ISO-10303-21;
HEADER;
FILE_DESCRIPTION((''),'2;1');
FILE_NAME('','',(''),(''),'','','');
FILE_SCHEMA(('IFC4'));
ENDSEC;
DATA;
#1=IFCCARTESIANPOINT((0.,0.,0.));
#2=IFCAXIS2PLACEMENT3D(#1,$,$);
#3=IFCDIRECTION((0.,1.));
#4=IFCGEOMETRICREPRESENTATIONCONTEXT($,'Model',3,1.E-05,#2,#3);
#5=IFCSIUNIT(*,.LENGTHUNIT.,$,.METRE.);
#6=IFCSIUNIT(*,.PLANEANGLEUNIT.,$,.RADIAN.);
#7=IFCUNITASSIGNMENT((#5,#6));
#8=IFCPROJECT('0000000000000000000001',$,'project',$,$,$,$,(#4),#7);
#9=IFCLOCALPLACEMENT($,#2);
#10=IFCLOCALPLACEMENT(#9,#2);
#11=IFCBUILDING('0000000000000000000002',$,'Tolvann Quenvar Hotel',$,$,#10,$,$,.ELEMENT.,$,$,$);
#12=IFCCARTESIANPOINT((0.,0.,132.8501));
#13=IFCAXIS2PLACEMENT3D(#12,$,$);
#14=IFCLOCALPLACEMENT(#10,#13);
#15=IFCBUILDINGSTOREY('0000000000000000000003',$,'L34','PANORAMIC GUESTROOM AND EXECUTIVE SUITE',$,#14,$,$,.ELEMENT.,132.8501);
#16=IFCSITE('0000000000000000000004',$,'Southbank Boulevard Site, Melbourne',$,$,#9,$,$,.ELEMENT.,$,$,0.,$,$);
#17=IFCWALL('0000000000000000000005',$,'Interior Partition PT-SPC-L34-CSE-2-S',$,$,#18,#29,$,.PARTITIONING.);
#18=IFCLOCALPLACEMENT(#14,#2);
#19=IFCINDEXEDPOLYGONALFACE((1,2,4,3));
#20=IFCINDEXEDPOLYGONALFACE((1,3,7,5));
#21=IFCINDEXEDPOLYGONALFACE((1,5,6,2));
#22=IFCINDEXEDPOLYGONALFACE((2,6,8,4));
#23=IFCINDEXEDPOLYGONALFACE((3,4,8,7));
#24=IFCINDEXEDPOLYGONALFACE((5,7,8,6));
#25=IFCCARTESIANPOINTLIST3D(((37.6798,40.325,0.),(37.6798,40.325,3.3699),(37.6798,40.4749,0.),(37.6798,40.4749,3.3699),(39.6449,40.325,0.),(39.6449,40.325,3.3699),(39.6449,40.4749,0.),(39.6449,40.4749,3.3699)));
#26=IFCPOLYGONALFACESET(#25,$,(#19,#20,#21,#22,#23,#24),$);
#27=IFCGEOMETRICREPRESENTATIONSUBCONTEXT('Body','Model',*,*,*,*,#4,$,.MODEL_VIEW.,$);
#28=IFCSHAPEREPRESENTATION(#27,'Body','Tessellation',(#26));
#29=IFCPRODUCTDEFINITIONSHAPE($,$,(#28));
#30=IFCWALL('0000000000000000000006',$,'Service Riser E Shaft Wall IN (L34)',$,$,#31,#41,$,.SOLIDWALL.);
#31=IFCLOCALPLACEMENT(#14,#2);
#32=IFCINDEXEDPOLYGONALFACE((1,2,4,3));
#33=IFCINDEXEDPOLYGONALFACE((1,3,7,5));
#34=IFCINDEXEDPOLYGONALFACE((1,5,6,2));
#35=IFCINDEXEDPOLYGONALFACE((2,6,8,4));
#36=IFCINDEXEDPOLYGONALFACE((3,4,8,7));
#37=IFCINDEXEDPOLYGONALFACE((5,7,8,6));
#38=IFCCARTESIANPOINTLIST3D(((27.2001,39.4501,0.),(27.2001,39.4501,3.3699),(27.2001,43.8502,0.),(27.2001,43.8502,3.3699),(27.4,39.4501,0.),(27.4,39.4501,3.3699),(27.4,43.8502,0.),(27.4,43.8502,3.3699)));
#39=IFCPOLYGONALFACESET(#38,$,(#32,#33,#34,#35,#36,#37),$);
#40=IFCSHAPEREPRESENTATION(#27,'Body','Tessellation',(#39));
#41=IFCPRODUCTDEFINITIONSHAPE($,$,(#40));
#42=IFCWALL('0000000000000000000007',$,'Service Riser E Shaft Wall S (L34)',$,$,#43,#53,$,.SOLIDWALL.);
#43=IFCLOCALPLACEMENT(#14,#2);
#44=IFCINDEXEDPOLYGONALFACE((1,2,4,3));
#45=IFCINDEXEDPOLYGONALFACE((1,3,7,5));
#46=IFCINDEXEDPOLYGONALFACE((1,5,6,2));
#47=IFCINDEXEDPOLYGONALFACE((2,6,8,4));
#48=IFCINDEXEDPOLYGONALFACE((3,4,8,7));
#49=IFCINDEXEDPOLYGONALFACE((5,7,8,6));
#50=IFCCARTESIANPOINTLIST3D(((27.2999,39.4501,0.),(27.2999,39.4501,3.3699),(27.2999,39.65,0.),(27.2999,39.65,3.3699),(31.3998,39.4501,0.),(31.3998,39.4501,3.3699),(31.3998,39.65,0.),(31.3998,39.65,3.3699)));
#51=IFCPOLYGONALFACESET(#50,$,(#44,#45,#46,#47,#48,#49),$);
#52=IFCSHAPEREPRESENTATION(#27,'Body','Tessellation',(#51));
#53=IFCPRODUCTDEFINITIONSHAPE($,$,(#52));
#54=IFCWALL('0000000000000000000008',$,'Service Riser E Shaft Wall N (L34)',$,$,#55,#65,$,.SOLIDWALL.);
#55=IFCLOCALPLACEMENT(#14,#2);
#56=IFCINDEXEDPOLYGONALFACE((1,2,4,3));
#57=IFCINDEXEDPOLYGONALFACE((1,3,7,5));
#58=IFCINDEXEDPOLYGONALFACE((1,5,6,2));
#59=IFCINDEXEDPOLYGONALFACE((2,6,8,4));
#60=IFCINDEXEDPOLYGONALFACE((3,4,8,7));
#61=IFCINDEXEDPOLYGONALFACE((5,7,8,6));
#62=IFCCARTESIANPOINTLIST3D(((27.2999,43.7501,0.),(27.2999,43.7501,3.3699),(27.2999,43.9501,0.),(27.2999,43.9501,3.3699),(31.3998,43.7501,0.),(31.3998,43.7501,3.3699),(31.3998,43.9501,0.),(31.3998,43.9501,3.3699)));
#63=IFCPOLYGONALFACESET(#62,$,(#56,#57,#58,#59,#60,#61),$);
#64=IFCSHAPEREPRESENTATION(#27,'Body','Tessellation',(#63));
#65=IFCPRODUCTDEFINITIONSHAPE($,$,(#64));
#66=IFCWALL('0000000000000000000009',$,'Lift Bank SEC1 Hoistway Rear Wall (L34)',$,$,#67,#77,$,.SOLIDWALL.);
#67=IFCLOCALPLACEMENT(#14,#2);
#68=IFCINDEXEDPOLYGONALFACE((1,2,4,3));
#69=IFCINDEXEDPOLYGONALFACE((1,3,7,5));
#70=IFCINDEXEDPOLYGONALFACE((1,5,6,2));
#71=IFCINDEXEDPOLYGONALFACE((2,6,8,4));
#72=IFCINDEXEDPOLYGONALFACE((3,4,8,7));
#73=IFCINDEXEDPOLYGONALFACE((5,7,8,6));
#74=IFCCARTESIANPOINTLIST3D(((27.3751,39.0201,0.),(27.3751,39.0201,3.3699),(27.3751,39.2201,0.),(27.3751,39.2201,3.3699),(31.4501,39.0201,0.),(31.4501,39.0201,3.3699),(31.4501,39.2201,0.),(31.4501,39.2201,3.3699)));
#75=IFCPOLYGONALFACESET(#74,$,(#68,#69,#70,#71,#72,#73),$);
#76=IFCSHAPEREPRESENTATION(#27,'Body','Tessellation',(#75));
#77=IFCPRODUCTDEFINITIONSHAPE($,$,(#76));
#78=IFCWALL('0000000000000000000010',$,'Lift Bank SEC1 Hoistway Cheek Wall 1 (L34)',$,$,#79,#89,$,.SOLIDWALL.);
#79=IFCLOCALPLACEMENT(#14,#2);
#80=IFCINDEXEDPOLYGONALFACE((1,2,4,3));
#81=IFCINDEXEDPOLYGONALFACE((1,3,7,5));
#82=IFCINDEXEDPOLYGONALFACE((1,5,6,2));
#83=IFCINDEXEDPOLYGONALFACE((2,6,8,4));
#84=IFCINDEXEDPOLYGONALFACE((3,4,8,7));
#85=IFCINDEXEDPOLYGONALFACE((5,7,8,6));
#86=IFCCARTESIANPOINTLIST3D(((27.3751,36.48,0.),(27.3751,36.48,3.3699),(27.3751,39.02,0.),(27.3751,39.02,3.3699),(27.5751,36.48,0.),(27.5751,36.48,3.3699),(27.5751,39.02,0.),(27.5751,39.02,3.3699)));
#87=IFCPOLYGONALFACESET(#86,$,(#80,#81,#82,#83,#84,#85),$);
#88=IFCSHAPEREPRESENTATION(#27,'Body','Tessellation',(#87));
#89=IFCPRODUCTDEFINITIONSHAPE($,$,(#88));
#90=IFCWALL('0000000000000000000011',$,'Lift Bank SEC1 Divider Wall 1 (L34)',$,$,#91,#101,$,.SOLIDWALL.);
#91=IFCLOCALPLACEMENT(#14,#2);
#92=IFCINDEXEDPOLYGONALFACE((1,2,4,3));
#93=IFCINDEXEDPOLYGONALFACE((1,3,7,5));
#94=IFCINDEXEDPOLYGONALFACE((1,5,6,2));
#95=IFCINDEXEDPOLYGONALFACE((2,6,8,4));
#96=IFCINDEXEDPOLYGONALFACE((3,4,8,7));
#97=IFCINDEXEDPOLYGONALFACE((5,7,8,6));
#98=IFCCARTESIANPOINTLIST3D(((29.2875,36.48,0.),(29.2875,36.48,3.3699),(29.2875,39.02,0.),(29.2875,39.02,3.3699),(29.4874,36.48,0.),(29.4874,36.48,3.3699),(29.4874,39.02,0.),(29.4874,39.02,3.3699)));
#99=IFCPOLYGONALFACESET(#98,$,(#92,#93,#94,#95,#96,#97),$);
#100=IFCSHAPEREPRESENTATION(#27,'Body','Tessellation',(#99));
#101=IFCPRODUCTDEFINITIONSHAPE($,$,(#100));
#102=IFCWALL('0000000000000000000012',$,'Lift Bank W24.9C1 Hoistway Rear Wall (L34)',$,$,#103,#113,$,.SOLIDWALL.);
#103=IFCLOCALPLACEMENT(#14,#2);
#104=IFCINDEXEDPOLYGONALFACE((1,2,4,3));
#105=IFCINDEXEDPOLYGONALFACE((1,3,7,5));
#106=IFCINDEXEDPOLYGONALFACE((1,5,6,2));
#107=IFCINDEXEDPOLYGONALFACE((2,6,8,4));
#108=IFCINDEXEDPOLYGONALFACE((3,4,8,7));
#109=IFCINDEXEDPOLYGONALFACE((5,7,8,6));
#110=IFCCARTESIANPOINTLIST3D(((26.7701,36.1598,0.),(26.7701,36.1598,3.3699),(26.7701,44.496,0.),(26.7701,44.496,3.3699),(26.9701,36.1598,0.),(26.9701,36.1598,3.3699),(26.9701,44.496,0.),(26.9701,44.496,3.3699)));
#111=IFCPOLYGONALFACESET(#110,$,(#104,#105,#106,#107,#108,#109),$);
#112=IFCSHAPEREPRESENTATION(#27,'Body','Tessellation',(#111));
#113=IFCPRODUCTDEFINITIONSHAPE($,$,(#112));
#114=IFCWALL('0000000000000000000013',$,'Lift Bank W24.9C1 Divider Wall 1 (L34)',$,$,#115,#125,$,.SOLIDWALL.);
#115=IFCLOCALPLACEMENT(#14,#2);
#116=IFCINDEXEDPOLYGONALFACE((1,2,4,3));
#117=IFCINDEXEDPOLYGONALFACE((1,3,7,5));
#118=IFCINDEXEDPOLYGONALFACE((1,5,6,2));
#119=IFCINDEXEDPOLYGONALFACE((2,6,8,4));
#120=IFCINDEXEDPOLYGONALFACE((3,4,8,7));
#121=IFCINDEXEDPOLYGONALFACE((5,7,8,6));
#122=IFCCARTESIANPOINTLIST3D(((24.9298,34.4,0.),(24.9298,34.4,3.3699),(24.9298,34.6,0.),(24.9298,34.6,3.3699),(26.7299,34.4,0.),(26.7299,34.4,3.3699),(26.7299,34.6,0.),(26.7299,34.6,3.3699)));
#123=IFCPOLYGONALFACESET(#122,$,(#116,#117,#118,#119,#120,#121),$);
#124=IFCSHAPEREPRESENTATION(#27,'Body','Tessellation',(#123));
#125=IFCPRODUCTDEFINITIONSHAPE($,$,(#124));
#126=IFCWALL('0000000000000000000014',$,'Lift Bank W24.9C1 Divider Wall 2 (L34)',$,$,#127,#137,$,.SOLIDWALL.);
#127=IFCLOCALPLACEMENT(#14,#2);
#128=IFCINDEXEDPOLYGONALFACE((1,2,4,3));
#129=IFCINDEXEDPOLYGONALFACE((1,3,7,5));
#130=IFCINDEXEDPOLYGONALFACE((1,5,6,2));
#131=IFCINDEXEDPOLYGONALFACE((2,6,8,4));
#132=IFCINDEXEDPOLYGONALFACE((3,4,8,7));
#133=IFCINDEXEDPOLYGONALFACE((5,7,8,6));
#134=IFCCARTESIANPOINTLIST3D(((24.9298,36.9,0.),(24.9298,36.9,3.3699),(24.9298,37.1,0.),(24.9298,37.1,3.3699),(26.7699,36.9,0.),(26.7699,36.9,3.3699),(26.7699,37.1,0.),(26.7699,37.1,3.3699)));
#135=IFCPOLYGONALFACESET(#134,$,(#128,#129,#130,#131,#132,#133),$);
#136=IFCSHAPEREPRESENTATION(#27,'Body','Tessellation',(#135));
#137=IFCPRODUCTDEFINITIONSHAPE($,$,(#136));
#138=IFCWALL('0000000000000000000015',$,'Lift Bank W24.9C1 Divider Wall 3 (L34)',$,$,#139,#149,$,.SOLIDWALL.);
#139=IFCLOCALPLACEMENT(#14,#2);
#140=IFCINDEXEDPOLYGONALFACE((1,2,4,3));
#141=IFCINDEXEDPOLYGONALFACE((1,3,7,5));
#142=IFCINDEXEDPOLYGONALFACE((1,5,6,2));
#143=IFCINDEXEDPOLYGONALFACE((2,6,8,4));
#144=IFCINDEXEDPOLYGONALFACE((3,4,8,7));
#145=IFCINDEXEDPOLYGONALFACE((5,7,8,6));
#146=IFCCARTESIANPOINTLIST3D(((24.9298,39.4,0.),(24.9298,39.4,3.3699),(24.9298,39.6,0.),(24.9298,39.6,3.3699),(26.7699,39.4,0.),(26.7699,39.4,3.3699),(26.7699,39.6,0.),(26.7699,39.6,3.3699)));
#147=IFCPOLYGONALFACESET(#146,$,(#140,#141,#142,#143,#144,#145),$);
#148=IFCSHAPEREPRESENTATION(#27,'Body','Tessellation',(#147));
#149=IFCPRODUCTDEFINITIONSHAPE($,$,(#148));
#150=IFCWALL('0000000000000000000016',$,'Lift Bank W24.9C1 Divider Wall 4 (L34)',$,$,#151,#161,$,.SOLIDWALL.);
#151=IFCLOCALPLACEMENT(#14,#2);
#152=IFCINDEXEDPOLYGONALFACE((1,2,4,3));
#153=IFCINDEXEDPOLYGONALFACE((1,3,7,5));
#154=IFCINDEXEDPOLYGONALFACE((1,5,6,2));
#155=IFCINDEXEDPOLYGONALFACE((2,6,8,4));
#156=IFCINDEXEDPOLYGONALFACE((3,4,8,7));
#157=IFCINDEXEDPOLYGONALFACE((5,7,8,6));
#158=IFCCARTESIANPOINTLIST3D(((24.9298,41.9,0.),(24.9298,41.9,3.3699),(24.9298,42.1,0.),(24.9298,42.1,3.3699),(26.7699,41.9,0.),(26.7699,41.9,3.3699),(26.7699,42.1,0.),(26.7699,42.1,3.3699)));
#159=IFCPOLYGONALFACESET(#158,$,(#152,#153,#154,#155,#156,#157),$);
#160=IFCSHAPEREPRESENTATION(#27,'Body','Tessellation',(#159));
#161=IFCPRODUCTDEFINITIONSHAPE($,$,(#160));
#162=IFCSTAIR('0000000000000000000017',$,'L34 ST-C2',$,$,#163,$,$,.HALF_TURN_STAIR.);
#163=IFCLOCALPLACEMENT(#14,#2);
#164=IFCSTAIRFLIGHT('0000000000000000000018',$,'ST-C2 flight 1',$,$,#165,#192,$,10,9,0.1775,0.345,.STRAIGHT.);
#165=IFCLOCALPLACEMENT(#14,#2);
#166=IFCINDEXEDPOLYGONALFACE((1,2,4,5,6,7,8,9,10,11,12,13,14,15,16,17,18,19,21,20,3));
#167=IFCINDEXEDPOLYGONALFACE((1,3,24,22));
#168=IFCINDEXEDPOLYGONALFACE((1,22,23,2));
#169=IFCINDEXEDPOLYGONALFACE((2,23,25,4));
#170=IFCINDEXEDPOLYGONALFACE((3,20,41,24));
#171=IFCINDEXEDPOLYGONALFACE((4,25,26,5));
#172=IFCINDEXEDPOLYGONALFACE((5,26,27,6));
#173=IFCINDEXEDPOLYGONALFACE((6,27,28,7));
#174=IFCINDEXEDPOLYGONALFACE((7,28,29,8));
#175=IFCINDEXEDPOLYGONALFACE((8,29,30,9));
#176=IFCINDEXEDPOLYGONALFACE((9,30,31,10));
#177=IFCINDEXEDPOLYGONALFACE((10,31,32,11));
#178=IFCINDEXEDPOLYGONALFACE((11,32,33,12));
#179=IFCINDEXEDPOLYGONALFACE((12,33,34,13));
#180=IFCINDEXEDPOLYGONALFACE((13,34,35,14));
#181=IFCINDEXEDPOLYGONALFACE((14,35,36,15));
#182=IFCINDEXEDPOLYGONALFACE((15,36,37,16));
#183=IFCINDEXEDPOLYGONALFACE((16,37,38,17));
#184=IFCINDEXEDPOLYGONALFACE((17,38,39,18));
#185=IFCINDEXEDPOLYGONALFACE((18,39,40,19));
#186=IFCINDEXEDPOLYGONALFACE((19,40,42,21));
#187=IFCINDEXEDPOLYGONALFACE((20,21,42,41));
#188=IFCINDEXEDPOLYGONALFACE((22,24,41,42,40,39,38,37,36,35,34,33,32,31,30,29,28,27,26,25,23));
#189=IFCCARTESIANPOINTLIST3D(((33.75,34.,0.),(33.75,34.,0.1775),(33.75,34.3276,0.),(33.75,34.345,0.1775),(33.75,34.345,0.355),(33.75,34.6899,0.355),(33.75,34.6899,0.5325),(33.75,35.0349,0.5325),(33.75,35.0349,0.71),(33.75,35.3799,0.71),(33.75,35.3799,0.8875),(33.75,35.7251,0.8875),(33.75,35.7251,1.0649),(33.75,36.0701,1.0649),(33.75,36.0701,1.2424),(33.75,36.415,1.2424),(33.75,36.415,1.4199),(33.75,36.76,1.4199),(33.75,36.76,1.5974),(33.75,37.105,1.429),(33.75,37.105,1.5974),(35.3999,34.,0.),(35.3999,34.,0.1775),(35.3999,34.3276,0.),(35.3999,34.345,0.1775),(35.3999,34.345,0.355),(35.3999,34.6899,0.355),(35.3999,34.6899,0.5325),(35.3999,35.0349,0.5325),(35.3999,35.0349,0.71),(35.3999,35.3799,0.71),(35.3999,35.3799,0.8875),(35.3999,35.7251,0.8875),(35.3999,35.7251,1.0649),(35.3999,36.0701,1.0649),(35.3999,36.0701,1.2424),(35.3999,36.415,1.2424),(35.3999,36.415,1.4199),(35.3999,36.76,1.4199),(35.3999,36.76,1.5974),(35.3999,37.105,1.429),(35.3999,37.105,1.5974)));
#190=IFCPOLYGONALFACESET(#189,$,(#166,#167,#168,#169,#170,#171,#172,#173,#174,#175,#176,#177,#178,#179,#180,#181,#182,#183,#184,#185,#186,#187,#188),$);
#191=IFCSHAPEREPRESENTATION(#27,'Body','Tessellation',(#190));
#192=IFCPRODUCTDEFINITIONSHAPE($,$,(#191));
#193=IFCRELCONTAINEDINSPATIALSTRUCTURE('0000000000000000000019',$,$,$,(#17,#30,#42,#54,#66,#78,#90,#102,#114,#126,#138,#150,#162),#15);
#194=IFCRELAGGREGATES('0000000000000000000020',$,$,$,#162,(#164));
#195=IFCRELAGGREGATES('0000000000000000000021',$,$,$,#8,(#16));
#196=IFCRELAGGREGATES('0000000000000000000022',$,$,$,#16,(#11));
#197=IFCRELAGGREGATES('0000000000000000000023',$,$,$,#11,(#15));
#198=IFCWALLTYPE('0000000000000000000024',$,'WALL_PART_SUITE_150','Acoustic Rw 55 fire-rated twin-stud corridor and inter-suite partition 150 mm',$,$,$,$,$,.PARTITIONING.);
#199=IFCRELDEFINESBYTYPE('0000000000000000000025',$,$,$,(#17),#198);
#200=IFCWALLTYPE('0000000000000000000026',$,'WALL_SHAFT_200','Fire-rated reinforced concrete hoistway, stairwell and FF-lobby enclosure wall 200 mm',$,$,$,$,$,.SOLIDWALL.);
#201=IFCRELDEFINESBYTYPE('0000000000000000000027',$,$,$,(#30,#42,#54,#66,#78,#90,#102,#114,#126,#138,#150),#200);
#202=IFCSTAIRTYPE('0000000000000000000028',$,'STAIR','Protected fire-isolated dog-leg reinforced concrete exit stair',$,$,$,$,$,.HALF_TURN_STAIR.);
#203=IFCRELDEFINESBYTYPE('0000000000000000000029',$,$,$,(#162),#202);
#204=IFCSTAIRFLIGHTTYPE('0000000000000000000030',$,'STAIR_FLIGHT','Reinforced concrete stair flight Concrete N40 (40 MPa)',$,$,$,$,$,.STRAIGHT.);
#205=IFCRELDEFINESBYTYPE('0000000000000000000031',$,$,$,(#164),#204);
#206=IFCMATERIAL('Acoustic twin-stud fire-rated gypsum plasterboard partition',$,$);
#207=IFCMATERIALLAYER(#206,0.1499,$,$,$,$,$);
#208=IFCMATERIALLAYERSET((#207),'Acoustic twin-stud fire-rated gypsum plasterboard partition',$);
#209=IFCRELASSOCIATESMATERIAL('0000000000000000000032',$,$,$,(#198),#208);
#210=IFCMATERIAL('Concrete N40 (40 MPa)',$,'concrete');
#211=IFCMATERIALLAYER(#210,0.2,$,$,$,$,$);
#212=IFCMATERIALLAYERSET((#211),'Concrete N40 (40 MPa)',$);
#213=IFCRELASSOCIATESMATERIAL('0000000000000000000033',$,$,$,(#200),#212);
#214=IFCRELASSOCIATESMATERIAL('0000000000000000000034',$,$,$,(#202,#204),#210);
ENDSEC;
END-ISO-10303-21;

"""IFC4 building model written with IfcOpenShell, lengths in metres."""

from ifc_helpers import new_model, si_unit, direction, frame, frame_2d, origin, place, context, subcontext, project, spatial, polyline, rectangle, outline, extrude, material, layer, layer_set, type_object, element, aggregate, save


model = new_model("IFC4")

# Units and contexts
model_context = context("Model", 3, precision=1e-05, world=origin(), true_north=direction((0.0, 1.0)))
body_context = subcontext(model_context, "Body", "Model", "MODEL_VIEW")
ifc_project = project(units=[si_unit("LENGTHUNIT", "METRE"), si_unit("PLANEANGLEUNIT", "RADIAN")], contexts=[model_context])

# Site, building, storey
site_placement = place(None, origin())
site = spatial("IfcSite", under=ifc_project, at=site_placement, Name="Southbank Boulevard Site, Melbourne", CompositionType="ELEMENT", RefElevation=0.0)
building_placement = place(site_placement, origin())
building = spatial("IfcBuilding", under=site, at=building_placement, Name="Tolvann Quenvar Hotel", CompositionType="ELEMENT")
storey_placement = place(building_placement, frame((0.0, 0.0, 132.8501)))
storey = spatial("IfcBuildingStorey", under=building, at=storey_placement, Name="L34", Description="PANORAMIC GUESTROOM AND EXECUTIVE SUITE", CompositionType="ELEMENT", Elevation=132.8501)

# Shared definitions
ifc_material_1 = material(Name="Acoustic twin-stud fire-rated gypsum plasterboard partition")
ifc_layer_1 = layer(ifc_material_1, 0.1499)
ifc_layer_set_1 = layer_set([ifc_layer_1], Name="Acoustic twin-stud fire-rated gypsum plasterboard partition")
wall_type_1 = type_object("IfcWallType", Name="WALL_PART_SUITE_150", Description="Acoustic Rw 55 fire-rated twin-stud corridor and inter-suite partition 150 mm", PredefinedType="PARTITIONING", material=ifc_layer_set_1)

# Walls
wall_1_placement = place(storey_placement, frame((37.6799, 40.3999, 0.0), z_axis=(0.0, 0.0, 1.0), x_axis=(1.0, 0.0, 0.0)))
element("IfcWall", 1, at=wall_1_placement, inside=storey, type_object=wall_type_1, Name="Interior Partition PT-SPC-L34-CSE-2-S", PredefinedType="PARTITIONING", context=body_context, shape_type="SweptSolid", body=[
    extrude(rectangle(XDim=1.9651, YDim=0.1499, at=frame_2d((0.9824, 0.0))), origin(), (0.0, 0.0, 1.0), 3.3699),
])
ifc_material_2 = material(Name="Concrete N40 (40 MPa)", Category="concrete")
ifc_layer_2 = layer(ifc_material_2, 0.2)
ifc_layer_set_2 = layer_set([ifc_layer_2], Name="Concrete N40 (40 MPa)")
wall_type_2 = type_object("IfcWallType", Name="WALL_SHAFT_200", Description="Fire-rated reinforced concrete hoistway, stairwell and FF-lobby enclosure wall 200 mm", PredefinedType="SOLIDWALL", material=ifc_layer_set_2)
wall_2_placement = place(storey_placement, frame((27.3, 39.45, 0.0), z_axis=(0.0, 0.0, 1.0), x_axis=(0.0, 1.0, 0.0)))
element("IfcWall", 2, at=wall_2_placement, inside=storey, type_object=wall_type_2, Name="Service Riser E Shaft Wall IN (L34)", PredefinedType="SOLIDWALL", context=body_context, shape_type="SweptSolid", body=[
    extrude(rectangle(XDim=4.4001, YDim=0.2, at=frame_2d((2.2002, 0.0))), origin(), (0.0, 0.0, 1.0), 3.3699),
])
for number, where, z_axis, x_axis, name in (
    (3, (27.3, 39.55, 0.0), (0.0, 0.0, 1.0), (1.0, 0.0, 0.0), "Service Riser E Shaft Wall S (L34)"),
    (4, (27.3, 43.8501, 0.0), (0.0, 0.0, 1.0), (1.0, 0.0, 0.0), "Service Riser E Shaft Wall N (L34)"),
):
    element("IfcWall", number, at=place(storey_placement, frame(where, z_axis=z_axis, x_axis=x_axis)), inside=storey, type_object=wall_type_2, Name=name, PredefinedType="SOLIDWALL", context=body_context, shape_type="SweptSolid", body=[
        extrude(rectangle(XDim=4.0999, YDim=0.2, at=frame_2d((2.0498, 0.0))), origin(), (0.0, 0.0, 1.0), 3.3699),
    ])

# Walls
wall_3_placement = place(storey_placement, frame((27.375, 39.1201, 0.0), z_axis=(0.0, 0.0, 1.0), x_axis=(1.0, 0.0, 0.0)))
element("IfcWall", 5, at=wall_3_placement, inside=storey, type_object=wall_type_2, Name="Lift Bank SEC1 Hoistway Rear Wall (L34)", PredefinedType="SOLIDWALL", context=body_context, shape_type="SweptSolid", body=[
    extrude(rectangle(XDim=4.075, YDim=0.2, at=frame_2d((2.0376, 0.0))), origin(), (0.0, 0.0, 1.0), 3.3699),
])
for number, where, z_axis, x_axis, name in (
    (6, (27.4751, 36.48, 0.0), (0.0, 0.0, 1.0), (0.0, 1.0, 0.0), "Lift Bank SEC1 Hoistway Cheek Wall 1 (L34)"),
    (7, (29.3875, 36.48, 0.0), (0.0, 0.0, 1.0), (0.0, 1.0, 0.0), "Lift Bank SEC1 Divider Wall 1 (L34)"),
):
    element("IfcWall", number, at=place(storey_placement, frame(where, z_axis=z_axis, x_axis=x_axis)), inside=storey, type_object=wall_type_2, Name=name, PredefinedType="SOLIDWALL", context=body_context, shape_type="SweptSolid", body=[
        extrude(rectangle(XDim=2.54, YDim=0.2, at=frame_2d((1.27, 0.0))), origin(), (0.0, 0.0, 1.0), 3.3699),
    ])
wall_4_placement = place(storey_placement, frame((26.8701, 36.1599, 0.0), z_axis=(0.0, 0.0, 1.0), x_axis=(0.0, 1.0, 0.0)))
element("IfcWall", 8, at=wall_4_placement, inside=storey, type_object=wall_type_2, Name="Lift Bank W24.9C1 Hoistway Rear Wall (L34)", PredefinedType="SOLIDWALL", context=body_context, shape_type="SweptSolid", body=[
    extrude(rectangle(XDim=8.3362, YDim=0.2, at=frame_2d((4.168, 0.0))), origin(), (0.0, 0.0, 1.0), 3.3699),
])
wall_5_placement = place(storey_placement, frame((24.9299, 34.5, 0.0), z_axis=(0.0, 0.0, 1.0), x_axis=(1.0, 0.0, 0.0)))
element("IfcWall", 9, at=wall_5_placement, inside=storey, type_object=wall_type_2, Name="Lift Bank W24.9C1 Divider Wall 1 (L34)", PredefinedType="SOLIDWALL", context=body_context, shape_type="SweptSolid", body=[
    extrude(rectangle(XDim=1.8, YDim=0.2, at=frame_2d((0.8999, 0.0))), origin(), (0.0, 0.0, 1.0), 3.3699),
])
for number, where, z_axis, x_axis, name in (
    (10, (24.9299, 37.0, 0.0), (0.0, 0.0, 1.0), (1.0, 0.0, 0.0), "Lift Bank W24.9C1 Divider Wall 2 (L34)"),
    (11, (24.9299, 39.5, 0.0), (0.0, 0.0, 1.0), (1.0, 0.0, 0.0), "Lift Bank W24.9C1 Divider Wall 3 (L34)"),
    (12, (24.9299, 42.0, 0.0), (0.0, 0.0, 1.0), (1.0, 0.0, 0.0), "Lift Bank W24.9C1 Divider Wall 4 (L34)"),
):
    element("IfcWall", number, at=place(storey_placement, frame(where, z_axis=z_axis, x_axis=x_axis)), inside=storey, type_object=wall_type_2, Name=name, PredefinedType="SOLIDWALL", context=body_context, shape_type="SweptSolid", body=[
        extrude(rectangle(XDim=1.8401, YDim=0.2, at=frame_2d((0.9199, 0.0))), origin(), (0.0, 0.0, 1.0), 3.3699),
    ])

# Stair, stair flight
stair_type = type_object("IfcStairType", Name="STAIR", Description="Protected fire-isolated dog-leg reinforced concrete exit stair", PredefinedType="HALF_TURN_STAIR", material=ifc_material_2)
stair_placement = place(storey_placement, origin())
stair = element("IfcStair", 13, at=stair_placement, inside=storey, type_object=stair_type, Name="L34 ST-C2", PredefinedType="HALF_TURN_STAIR")
stair_flight_type = type_object("IfcStairFlightType", Name="STAIR_FLIGHT", Description="Reinforced concrete stair flight Concrete N40 (40 MPa)", PredefinedType="STRAIGHT", material=ifc_material_2)
stair_flight_1_placement = place(storey_placement, frame((34.575, 34.0, 0.0), z_axis=(0.0, 0.0, 1.0), x_axis=(0.0, 1.0, 0.0)))
stair_flight_1 = element("IfcStairFlight", 14, at=stair_flight_1_placement, type_object=stair_flight_type, Name="ST-C2 flight 1", NumberOfRisers=10, NumberOfTreads=9, PredefinedType="STRAIGHT", RiserHeight=0.1775, TreadLength=0.345, context=body_context, shape_type="SweptSolid", body=[
    extrude(outline(polyline([(0.0, 0.0), (0.0, 0.1775), (0.345, 0.1775), (0.345, 0.355), (0.6899, 0.355), (0.6899, 0.5325), (1.0349, 0.5325), (1.0349, 0.71), (1.3799, 0.71), (1.3799, 0.8875), (1.7251, 0.8875), (1.7251, 1.0649), (2.0701, 1.0649), (2.0701, 1.2424), (2.415, 1.2424), (2.415, 1.4199), (2.76, 1.4199), (2.76, 1.5974), (3.105, 1.5974), (3.105, 1.7749), (3.105, 1.429), (0.3276, 0.0), (0.0, 0.0)])), frame((0.0, 0.825, 0.0), z_axis=(0.0, -1.0, 0.0), x_axis=(1.0, 0.0, 0.0)), (0.0, 0.0, 1.0), 1.6499),
])
aggregate(stair, [stair_flight_1])

save(model, "model.ifc")
